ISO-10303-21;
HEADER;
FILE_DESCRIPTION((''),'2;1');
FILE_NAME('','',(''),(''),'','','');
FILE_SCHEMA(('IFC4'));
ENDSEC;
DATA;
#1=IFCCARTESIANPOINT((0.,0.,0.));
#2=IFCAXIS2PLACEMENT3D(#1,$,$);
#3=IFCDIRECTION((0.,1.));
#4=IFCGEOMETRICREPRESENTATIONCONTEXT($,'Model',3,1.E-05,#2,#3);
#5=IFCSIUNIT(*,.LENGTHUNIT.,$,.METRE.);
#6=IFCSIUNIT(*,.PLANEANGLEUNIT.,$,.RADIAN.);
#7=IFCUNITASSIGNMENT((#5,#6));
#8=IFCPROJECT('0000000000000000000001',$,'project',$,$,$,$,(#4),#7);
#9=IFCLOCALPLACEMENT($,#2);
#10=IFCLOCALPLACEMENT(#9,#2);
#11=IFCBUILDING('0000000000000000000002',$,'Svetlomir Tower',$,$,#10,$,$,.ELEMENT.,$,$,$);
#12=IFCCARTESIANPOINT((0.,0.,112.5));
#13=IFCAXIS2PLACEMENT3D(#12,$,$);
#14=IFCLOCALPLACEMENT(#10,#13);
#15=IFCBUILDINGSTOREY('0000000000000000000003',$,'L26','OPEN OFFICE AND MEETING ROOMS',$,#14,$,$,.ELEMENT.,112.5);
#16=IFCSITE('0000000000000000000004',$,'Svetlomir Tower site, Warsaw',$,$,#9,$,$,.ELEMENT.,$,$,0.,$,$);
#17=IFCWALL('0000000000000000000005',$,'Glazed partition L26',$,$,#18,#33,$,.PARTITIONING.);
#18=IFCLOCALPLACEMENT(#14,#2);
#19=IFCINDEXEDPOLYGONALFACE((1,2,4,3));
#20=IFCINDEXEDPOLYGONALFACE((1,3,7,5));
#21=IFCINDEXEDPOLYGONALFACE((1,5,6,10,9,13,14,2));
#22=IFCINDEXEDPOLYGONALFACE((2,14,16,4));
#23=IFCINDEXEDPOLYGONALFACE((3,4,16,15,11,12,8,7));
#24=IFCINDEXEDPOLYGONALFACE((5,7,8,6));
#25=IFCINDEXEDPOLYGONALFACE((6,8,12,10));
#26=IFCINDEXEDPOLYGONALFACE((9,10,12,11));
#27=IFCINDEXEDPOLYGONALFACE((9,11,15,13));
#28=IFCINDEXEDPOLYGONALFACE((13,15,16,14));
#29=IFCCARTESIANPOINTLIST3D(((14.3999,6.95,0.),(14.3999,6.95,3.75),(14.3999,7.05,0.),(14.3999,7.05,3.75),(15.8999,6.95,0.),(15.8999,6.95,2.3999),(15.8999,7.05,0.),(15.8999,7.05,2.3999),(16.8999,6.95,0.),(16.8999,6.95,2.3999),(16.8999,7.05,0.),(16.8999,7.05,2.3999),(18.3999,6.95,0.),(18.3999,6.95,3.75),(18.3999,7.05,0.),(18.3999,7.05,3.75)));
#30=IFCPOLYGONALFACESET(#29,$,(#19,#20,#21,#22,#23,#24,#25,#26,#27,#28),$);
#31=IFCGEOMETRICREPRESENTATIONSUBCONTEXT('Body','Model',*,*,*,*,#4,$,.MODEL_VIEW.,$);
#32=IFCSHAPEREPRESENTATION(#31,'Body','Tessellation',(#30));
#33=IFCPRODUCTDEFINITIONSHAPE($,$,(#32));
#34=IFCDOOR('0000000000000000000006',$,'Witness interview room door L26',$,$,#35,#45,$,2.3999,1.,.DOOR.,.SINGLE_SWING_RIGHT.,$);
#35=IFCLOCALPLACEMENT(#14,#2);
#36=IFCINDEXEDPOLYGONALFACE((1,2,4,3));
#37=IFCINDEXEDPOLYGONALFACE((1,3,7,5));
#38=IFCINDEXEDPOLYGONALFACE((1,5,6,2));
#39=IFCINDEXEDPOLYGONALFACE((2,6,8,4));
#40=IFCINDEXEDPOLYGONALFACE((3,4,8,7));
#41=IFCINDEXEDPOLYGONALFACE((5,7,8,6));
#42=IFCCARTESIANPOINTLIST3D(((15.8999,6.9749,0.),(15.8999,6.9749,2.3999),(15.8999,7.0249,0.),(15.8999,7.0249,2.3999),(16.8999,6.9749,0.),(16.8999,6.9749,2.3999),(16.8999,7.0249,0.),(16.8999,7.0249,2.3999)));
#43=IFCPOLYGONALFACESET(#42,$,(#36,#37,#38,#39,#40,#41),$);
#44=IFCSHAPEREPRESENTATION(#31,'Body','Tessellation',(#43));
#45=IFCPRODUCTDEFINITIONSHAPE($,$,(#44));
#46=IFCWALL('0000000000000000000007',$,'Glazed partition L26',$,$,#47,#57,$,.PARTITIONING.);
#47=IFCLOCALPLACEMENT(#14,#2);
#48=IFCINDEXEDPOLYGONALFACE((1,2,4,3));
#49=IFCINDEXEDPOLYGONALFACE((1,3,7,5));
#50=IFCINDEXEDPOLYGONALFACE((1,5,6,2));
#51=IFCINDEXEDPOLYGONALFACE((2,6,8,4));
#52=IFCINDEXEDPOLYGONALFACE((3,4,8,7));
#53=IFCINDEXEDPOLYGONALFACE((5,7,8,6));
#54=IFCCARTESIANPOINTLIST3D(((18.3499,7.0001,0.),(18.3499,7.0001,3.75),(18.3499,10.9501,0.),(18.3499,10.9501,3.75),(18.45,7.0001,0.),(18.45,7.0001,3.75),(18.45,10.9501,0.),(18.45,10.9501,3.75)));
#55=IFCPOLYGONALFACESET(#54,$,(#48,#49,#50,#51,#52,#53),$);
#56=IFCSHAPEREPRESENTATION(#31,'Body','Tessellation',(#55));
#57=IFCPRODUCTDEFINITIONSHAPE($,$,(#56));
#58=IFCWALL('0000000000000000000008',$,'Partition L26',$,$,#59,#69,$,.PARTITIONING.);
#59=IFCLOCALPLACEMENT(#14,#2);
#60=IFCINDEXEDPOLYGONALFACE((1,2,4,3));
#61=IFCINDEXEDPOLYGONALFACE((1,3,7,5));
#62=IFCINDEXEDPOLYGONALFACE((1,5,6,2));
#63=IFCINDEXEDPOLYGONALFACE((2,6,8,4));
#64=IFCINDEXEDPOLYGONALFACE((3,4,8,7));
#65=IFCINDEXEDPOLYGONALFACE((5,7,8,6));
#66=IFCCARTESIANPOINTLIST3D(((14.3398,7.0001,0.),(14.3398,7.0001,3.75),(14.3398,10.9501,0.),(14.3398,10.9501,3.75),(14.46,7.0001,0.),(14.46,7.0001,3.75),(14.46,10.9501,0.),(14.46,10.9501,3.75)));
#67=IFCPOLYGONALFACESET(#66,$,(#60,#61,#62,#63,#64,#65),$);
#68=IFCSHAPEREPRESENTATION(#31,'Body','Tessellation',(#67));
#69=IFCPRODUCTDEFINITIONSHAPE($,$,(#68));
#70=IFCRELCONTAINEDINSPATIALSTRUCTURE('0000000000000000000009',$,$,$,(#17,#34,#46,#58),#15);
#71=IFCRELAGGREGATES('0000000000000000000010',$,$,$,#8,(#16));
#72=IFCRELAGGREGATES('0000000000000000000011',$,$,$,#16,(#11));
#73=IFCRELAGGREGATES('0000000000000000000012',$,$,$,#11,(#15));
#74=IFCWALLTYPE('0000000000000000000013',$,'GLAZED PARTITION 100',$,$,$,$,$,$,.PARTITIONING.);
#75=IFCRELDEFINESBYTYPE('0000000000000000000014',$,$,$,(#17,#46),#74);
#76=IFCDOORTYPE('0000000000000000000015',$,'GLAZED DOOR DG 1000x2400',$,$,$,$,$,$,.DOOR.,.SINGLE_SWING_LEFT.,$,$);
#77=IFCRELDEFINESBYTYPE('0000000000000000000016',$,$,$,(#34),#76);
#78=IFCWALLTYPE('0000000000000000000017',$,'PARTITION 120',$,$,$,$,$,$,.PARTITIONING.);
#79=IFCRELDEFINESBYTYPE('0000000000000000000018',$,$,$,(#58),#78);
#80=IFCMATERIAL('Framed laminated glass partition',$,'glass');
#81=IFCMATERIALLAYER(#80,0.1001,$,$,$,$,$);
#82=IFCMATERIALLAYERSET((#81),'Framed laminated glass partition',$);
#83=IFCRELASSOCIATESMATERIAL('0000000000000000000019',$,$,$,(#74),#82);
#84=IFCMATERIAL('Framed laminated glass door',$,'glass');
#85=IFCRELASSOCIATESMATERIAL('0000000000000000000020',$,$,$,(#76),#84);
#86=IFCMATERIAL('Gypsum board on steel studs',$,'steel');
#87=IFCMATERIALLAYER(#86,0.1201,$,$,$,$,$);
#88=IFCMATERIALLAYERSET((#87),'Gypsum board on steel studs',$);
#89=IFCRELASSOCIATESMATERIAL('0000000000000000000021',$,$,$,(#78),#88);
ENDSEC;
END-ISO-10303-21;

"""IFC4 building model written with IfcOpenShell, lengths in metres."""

from ifc_helpers import new_model, si_unit, direction, frame, frame_2d, origin, place, context, subcontext, project, spatial, rectangle, extrude, material, layer, layer_set, type_object, element, fill, save


model = new_model("IFC4")

# Units and contexts
model_context = context("Model", 3, precision=1e-05, world=origin(), true_north=direction((0.0, 1.0)))
body_context = subcontext(model_context, "Body", "Model", "MODEL_VIEW")
ifc_project = project(units=[si_unit("LENGTHUNIT", "METRE"), si_unit("PLANEANGLEUNIT", "RADIAN")], contexts=[model_context])

# Site, building, storey
site_placement = place(None, origin())
site = spatial("IfcSite", under=ifc_project, at=site_placement, Name="Svetlomir Tower site, Warsaw", CompositionType="ELEMENT", RefElevation=0.0)
building_placement = place(site_placement, origin())
building = spatial("IfcBuilding", under=site, at=building_placement, Name="Svetlomir Tower", CompositionType="ELEMENT")
storey_placement = place(building_placement, frame((0.0, 0.0, 112.5)))
storey = spatial("IfcBuildingStorey", under=building, at=storey_placement, Name="L26", Description="OPEN OFFICE AND MEETING ROOMS", CompositionType="ELEMENT", Elevation=112.5)

# Wall, opening, door
ifc_material_1 = material(Name="Framed laminated glass partition", Category="glass")
ifc_layer_1 = layer(ifc_material_1, 0.1001)
ifc_layer_set_1 = layer_set([ifc_layer_1], Name="Framed laminated glass partition")
wall_type_1 = type_object("IfcWallType", Name="GLAZED PARTITION 100", PredefinedType="PARTITIONING", material=ifc_layer_set_1)
wall_1_placement = place(storey_placement, frame((14.3999, 7.0, 0.0), z_axis=(0.0, 0.0, 1.0), x_axis=(1.0, 0.0, 0.0)))
wall_1 = element("IfcWall", 1, at=wall_1_placement, inside=storey, type_object=wall_type_1, Name="Glazed partition L26", PredefinedType="PARTITIONING", context=body_context, shape_type="SweptSolid", body=[
    extrude(rectangle(XDim=4.0, YDim=0.1001, at=frame_2d((2.0, 0.0))), origin(), (0.0, 0.0, 1.0), 3.75),
])
opening_1_placement = place(wall_1_placement, frame((1.5, 0.0, 0.0)))
opening_1 = element("IfcOpeningElement", 2, at=opening_1_placement, cuts=wall_1, PredefinedType="OPENING", context=body_context, shape_type="SweptSolid", body=[
    extrude(rectangle(XDim=1.0, YDim=2.3999, at=frame_2d((0.5, 1.2))), frame((0.0, 0.0601, 0.0), z_axis=(0.0, -1.0, 0.0), x_axis=(1.0, 0.0, 0.0)), (0.0, 0.0, 1.0), 0.1201),
])
ifc_material_2 = material(Name="Framed laminated glass door", Category="glass")
door_type_1 = type_object("IfcDoorType", Name="GLAZED DOOR DG 1000x2400", OperationType="SINGLE_SWING_LEFT", PredefinedType="DOOR", material=ifc_material_2)
door_1_placement = place(opening_1_placement, origin())
door_1 = element("IfcDoor", 3, at=door_1_placement, inside=storey, type_object=door_type_1, Name="Witness interview room door L26", OperationType="SINGLE_SWING_RIGHT", OverallHeight=2.3999, OverallWidth=1.0, PredefinedType="DOOR", context=body_context, shape_type="SweptSolid", body=[
    extrude(rectangle(XDim=1.0, YDim=2.3999, at=frame_2d((0.5, 1.2))), frame((0.0, 0.0249, 0.0), z_axis=(0.0, -1.0, 0.0), x_axis=(1.0, 0.0, 0.0)), (0.0, 0.0, 1.0), 0.05),
])
fill(opening_1, door_1)

# Walls
wall_2_placement = place(storey_placement, frame((18.3999, 7.0, 0.0), z_axis=(0.0, 0.0, 1.0), x_axis=(0.0, 1.0, 0.0)))
element("IfcWall", 4, at=wall_2_placement, inside=storey, type_object=wall_type_1, Name="Glazed partition L26", PredefinedType="PARTITIONING", context=body_context, shape_type="SweptSolid", body=[
    extrude(rectangle(XDim=3.95, YDim=0.1001, at=frame_2d((1.9751, 0.0))), origin(), (0.0, 0.0, 1.0), 3.75),
])
ifc_material_3 = material(Name="Gypsum board on steel studs", Category="steel")
ifc_layer_2 = layer(ifc_material_3, 0.1201)
ifc_layer_set_2 = layer_set([ifc_layer_2], Name="Gypsum board on steel studs")
wall_type_2 = type_object("IfcWallType", Name="PARTITION 120", PredefinedType="PARTITIONING", material=ifc_layer_set_2)
wall_3_placement = place(storey_placement, frame((14.3999, 7.0, 0.0), z_axis=(0.0, 0.0, 1.0), x_axis=(0.0, 1.0, 0.0)))
element("IfcWall", 5, at=wall_3_placement, inside=storey, type_object=wall_type_2, Name="Partition L26", PredefinedType="PARTITIONING", context=body_context, shape_type="SweptSolid", body=[
    extrude(rectangle(XDim=3.95, YDim=0.1201, at=frame_2d((1.9751, 0.0))), origin(), (0.0, 0.0, 1.0), 3.75),
])

save(model, "model.ifc")
